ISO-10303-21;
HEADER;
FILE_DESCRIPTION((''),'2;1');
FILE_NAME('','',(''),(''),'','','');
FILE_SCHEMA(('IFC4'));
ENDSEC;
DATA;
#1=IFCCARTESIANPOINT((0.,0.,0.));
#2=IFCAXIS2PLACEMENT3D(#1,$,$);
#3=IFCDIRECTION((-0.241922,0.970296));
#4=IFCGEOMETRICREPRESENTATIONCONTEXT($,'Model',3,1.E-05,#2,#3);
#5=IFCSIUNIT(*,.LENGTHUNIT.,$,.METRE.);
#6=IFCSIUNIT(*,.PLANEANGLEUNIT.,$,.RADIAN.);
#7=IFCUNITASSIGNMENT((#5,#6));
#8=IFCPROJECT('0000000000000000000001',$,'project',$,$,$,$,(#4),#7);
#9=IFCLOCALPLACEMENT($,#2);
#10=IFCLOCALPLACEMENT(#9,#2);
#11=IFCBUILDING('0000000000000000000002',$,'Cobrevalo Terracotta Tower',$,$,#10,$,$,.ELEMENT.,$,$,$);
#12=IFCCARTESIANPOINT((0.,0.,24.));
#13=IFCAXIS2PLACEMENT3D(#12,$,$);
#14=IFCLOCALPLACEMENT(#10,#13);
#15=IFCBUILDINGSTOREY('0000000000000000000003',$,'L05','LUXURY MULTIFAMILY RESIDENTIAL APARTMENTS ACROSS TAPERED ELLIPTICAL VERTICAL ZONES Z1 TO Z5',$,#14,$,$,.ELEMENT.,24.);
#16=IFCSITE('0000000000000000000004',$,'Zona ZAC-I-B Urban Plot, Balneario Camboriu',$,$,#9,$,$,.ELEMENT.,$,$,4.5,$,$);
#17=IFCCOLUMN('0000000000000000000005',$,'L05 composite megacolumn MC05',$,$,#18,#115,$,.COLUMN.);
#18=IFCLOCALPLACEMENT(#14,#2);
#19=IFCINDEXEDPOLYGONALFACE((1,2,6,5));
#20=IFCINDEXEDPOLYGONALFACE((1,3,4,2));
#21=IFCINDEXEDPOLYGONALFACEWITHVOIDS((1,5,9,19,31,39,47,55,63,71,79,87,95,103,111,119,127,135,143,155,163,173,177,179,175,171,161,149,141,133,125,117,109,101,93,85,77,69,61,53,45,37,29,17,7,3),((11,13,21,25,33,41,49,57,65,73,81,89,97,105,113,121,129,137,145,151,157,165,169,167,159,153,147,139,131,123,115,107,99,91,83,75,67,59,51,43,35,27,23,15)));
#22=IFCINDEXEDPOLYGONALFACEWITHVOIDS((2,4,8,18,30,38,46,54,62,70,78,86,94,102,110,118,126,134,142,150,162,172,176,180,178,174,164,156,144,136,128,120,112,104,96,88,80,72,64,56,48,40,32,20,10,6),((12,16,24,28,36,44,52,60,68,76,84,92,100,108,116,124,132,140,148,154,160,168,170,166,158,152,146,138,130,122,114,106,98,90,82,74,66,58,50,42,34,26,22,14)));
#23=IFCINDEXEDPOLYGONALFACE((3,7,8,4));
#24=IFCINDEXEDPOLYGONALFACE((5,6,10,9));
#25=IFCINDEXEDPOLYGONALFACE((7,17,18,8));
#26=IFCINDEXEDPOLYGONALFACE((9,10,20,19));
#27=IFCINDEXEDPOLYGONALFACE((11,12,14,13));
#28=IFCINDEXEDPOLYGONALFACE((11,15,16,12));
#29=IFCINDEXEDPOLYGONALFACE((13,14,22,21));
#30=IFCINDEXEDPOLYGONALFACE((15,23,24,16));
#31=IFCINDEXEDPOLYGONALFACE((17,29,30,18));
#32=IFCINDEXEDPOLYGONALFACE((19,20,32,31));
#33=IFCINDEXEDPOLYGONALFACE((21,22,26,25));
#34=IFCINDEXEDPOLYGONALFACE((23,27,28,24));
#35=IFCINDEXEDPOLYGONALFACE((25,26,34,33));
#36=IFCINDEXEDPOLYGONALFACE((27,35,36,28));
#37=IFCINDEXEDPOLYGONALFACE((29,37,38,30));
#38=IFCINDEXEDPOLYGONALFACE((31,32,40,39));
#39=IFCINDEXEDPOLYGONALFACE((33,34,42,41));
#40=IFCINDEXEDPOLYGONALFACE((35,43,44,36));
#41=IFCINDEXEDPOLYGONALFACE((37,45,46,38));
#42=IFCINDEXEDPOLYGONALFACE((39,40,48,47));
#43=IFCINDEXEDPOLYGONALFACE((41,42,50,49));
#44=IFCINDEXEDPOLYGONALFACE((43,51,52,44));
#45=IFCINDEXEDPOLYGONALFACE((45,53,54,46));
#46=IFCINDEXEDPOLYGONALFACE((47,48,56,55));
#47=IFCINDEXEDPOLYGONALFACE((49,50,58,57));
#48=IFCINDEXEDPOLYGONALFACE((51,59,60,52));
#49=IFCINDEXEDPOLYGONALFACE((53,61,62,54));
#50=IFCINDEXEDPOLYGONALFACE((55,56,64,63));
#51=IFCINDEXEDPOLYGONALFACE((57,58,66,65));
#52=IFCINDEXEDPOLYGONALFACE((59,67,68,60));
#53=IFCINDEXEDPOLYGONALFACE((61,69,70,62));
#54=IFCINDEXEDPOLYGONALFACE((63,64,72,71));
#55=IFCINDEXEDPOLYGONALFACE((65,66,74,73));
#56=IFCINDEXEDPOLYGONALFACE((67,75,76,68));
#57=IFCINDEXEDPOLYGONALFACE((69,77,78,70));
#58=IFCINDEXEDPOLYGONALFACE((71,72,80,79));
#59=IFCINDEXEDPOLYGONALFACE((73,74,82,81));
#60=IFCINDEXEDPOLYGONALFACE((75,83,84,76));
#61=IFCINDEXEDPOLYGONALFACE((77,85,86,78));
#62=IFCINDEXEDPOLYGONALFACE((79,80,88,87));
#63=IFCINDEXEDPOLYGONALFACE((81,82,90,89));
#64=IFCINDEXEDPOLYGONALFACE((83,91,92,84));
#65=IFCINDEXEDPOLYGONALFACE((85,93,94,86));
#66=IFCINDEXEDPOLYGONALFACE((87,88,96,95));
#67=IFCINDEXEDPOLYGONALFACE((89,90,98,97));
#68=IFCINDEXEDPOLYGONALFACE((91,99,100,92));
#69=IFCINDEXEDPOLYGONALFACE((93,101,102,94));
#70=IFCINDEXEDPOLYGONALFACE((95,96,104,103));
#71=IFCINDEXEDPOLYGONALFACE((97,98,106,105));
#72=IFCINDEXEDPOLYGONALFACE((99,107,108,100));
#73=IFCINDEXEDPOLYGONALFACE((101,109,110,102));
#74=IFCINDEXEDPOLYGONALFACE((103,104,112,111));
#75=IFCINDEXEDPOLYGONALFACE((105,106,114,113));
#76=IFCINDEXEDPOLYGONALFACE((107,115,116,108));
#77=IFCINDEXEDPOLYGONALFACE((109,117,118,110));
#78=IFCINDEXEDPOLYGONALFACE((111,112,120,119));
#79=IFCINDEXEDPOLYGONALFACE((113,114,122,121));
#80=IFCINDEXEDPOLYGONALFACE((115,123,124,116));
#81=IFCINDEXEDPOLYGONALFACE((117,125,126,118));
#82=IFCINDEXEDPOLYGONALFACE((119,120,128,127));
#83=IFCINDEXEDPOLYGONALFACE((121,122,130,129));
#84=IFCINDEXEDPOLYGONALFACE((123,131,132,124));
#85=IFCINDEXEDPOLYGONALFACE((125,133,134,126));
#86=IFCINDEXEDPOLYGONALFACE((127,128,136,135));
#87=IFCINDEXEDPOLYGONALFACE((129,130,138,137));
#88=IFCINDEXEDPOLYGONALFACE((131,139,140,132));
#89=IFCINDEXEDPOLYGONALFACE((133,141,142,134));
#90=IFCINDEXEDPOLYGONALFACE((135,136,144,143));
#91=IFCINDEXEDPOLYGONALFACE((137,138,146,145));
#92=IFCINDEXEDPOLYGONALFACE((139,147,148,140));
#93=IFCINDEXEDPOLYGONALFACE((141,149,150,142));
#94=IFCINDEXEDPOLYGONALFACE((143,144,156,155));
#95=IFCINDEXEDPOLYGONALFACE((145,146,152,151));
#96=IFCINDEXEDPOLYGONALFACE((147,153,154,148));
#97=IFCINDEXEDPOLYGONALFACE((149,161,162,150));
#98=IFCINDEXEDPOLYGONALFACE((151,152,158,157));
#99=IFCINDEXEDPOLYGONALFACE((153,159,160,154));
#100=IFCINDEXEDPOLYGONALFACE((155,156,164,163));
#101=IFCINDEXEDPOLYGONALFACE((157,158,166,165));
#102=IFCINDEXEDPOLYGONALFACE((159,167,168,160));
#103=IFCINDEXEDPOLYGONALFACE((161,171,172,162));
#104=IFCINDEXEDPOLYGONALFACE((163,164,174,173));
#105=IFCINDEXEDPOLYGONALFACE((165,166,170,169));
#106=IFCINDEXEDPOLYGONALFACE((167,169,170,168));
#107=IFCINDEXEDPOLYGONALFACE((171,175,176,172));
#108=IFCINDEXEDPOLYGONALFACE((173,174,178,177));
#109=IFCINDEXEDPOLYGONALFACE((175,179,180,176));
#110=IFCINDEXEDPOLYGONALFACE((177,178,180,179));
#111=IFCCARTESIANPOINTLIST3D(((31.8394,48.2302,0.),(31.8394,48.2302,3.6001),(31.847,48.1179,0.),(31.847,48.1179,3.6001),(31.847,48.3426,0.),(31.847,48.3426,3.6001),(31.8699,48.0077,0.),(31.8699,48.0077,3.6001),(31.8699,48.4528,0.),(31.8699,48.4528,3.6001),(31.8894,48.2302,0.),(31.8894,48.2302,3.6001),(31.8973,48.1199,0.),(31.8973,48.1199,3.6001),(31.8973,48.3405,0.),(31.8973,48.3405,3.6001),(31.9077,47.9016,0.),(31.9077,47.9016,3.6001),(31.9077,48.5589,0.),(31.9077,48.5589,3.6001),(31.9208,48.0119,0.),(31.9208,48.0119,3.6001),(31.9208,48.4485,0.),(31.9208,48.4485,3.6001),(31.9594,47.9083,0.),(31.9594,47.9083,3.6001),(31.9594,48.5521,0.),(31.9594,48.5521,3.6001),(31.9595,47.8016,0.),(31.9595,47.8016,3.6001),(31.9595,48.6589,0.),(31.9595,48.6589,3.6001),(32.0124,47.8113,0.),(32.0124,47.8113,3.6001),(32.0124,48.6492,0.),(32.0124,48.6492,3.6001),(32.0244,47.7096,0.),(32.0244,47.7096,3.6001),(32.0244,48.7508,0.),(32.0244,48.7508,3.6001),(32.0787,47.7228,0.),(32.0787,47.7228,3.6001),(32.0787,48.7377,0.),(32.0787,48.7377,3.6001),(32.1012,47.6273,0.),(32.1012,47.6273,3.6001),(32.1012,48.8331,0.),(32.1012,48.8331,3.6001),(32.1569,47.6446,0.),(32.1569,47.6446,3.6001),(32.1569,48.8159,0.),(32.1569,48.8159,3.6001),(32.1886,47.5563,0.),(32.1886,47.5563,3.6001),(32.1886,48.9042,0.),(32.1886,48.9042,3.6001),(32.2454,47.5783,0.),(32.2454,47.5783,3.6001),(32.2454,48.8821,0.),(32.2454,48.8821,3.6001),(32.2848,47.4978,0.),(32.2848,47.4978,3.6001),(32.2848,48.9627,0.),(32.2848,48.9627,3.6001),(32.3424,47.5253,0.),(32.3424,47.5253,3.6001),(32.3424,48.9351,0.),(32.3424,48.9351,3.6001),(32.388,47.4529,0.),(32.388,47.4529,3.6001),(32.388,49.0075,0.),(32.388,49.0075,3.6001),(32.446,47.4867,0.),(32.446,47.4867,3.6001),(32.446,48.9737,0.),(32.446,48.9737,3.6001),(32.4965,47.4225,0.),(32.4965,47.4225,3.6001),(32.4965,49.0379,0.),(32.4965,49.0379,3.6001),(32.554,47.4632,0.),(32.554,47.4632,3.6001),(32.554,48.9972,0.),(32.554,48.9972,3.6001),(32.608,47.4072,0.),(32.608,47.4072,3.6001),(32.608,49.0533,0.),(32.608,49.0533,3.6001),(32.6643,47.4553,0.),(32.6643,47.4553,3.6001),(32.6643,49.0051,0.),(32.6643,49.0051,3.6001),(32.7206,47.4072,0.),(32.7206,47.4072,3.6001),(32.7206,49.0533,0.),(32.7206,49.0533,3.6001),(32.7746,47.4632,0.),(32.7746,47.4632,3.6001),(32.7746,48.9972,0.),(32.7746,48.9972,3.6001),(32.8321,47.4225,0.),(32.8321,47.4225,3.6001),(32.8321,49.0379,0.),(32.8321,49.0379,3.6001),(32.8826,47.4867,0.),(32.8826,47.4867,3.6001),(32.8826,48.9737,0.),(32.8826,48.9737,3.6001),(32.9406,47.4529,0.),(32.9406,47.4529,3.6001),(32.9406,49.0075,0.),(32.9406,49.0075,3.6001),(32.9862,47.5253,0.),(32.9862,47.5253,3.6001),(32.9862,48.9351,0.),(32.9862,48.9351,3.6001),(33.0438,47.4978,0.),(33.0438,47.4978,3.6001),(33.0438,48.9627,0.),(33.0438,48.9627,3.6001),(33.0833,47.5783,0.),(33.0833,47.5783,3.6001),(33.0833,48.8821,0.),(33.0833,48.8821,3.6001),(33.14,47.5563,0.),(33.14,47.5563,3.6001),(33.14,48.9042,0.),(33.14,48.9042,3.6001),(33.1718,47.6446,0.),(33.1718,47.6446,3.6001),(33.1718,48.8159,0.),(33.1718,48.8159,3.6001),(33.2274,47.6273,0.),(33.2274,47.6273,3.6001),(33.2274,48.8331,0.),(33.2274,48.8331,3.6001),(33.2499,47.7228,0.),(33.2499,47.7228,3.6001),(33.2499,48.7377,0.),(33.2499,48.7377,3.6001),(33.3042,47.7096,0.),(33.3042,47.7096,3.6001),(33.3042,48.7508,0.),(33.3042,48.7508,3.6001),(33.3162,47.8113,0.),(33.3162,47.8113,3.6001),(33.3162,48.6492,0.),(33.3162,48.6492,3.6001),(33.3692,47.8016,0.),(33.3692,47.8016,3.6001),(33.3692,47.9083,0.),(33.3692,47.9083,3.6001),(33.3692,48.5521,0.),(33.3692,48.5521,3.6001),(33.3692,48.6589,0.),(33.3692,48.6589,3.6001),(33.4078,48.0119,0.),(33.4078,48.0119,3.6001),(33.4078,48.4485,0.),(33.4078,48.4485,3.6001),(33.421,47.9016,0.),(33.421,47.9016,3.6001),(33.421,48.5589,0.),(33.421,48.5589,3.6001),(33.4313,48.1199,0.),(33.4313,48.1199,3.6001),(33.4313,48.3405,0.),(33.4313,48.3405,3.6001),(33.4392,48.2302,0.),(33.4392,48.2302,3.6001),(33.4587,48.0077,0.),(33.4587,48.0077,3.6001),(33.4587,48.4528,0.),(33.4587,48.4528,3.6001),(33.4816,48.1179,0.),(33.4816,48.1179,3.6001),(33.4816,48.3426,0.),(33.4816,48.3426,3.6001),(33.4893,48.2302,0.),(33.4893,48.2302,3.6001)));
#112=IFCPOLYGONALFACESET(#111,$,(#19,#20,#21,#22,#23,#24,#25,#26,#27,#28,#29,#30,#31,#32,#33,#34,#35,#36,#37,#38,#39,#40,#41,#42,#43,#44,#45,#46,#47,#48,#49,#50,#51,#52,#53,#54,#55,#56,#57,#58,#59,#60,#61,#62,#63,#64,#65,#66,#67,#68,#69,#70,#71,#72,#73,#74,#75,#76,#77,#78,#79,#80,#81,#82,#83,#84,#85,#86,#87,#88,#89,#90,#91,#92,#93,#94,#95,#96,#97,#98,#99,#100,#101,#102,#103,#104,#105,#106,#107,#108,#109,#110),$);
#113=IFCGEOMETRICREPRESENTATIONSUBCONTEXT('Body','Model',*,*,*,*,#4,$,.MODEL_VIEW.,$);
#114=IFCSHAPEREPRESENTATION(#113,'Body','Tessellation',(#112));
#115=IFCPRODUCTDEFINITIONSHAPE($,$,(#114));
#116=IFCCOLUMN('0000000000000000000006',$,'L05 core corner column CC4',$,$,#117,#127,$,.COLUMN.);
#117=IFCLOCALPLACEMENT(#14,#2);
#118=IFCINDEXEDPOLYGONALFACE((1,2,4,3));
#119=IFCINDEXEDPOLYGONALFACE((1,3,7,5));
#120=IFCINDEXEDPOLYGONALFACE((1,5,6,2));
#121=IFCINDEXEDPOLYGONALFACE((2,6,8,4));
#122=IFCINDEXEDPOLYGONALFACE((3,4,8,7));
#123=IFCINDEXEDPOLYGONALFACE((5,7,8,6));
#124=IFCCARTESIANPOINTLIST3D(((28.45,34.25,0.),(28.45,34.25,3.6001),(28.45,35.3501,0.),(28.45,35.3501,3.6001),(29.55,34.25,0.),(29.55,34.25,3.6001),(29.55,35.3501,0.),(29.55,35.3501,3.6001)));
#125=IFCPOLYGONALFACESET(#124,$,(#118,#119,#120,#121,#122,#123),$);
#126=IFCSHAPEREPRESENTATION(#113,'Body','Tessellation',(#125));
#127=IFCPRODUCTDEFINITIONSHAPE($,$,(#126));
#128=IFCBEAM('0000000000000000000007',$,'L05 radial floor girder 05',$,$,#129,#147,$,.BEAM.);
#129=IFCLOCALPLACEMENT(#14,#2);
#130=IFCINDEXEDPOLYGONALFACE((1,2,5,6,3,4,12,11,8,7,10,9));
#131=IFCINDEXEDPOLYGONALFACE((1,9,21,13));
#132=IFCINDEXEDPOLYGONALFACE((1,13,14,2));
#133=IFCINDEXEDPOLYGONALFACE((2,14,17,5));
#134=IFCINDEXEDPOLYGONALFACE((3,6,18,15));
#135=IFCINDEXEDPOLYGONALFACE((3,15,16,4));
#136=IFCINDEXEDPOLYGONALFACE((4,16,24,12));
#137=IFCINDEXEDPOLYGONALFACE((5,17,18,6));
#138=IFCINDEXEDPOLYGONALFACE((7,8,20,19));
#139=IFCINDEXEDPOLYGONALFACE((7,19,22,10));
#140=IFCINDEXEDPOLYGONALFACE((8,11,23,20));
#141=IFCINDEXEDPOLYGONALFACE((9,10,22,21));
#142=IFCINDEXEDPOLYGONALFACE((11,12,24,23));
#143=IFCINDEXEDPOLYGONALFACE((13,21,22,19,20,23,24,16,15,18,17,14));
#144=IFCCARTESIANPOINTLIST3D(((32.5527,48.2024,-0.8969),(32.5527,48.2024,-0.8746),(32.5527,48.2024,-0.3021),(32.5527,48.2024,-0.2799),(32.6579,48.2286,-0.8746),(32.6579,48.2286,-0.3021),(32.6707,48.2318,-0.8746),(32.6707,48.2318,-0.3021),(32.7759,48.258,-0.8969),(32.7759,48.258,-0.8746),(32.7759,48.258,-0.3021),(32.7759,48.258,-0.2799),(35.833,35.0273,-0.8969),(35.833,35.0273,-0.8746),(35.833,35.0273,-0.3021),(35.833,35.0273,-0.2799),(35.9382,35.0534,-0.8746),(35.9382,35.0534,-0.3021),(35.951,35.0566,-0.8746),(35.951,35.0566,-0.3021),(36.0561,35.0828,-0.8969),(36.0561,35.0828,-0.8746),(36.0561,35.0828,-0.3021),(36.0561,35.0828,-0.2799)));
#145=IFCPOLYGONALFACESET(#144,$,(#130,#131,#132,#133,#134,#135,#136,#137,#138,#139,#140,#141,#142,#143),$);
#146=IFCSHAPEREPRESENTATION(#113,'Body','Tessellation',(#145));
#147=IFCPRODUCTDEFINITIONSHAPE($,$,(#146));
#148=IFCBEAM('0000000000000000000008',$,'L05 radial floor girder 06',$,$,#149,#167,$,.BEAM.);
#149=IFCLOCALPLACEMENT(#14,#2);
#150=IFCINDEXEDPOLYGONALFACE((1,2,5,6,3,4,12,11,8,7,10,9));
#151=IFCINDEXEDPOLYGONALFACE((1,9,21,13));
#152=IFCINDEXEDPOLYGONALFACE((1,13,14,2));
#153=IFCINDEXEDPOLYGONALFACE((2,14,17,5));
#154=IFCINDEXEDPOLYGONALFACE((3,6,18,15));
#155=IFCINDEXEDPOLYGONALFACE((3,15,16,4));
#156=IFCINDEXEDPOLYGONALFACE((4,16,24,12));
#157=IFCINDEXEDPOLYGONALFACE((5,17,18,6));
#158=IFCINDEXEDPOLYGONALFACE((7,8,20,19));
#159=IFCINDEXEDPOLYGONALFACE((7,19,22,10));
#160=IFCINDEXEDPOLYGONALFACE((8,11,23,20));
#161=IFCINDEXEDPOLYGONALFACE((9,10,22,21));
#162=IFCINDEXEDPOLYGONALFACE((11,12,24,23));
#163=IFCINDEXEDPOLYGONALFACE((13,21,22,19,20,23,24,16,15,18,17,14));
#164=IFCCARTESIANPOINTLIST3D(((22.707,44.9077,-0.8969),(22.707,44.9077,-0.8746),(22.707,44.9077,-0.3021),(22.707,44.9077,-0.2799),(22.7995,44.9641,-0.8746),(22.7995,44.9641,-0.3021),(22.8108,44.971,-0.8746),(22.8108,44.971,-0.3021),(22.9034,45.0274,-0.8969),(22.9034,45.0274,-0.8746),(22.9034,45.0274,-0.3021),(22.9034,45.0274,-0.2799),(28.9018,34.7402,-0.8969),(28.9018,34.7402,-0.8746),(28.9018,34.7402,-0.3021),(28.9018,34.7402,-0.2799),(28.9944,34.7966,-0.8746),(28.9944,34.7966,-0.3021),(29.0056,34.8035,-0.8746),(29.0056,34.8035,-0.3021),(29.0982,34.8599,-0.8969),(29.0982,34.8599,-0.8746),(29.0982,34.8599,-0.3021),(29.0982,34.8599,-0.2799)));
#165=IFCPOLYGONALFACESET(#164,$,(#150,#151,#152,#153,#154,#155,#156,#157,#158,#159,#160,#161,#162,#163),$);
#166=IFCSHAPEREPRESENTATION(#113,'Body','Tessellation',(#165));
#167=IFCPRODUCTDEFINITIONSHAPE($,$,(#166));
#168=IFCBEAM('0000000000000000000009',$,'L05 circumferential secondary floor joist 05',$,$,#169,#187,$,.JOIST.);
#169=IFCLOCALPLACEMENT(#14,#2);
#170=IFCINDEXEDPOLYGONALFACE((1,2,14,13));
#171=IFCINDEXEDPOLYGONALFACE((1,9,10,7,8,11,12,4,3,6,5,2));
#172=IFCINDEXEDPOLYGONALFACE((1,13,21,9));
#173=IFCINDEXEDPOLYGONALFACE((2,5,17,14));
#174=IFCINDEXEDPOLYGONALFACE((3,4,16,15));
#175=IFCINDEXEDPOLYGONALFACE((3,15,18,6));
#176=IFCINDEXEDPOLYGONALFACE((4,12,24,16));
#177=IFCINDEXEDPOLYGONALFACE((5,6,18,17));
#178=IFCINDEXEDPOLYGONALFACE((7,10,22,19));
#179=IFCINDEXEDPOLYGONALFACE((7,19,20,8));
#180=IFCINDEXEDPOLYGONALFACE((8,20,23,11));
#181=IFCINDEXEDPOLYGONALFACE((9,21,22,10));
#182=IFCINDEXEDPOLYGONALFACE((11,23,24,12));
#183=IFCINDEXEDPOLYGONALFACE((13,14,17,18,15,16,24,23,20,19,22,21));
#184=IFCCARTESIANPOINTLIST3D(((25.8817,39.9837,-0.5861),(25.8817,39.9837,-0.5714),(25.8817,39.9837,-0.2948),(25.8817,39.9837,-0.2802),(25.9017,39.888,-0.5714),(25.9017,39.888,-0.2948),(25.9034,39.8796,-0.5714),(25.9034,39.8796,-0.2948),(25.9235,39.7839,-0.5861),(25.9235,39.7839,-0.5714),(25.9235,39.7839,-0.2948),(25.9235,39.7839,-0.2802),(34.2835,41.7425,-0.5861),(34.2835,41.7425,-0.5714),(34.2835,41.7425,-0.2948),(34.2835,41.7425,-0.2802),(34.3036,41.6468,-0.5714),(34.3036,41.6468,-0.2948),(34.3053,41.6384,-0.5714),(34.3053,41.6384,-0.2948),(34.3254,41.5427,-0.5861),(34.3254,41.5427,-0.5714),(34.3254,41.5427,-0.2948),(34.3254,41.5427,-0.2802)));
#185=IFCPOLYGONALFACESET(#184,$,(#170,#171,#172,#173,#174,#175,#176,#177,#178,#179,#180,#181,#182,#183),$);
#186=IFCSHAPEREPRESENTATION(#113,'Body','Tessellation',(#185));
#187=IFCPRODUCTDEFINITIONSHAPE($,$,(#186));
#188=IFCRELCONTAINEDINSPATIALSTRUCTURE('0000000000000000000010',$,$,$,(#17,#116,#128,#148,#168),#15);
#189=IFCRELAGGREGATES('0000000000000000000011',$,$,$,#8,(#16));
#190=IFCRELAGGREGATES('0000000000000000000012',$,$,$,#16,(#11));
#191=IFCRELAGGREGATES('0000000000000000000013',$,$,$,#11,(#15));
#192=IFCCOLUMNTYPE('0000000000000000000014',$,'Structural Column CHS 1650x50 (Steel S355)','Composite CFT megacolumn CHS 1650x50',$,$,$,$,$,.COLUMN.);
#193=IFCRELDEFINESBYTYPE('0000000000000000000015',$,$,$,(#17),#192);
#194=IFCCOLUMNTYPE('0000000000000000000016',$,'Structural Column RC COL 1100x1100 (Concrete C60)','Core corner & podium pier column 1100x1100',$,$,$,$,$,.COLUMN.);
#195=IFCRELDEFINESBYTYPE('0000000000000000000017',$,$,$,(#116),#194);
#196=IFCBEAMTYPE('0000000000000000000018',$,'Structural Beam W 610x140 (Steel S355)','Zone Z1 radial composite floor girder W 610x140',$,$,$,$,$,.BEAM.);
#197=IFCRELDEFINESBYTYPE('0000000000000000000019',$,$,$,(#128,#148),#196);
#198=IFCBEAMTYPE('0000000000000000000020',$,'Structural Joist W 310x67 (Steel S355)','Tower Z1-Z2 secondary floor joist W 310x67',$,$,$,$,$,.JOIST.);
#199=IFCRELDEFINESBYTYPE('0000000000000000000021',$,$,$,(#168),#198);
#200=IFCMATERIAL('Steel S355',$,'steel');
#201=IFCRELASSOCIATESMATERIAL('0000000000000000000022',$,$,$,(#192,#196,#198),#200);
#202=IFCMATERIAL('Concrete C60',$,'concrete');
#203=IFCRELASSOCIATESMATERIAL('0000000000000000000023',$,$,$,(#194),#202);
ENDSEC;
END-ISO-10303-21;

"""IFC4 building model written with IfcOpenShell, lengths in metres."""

from ifc_helpers import new_model, si_unit, direction, frame, origin, origin_2d, place, context, subcontext, project, spatial, rectangle, hollow_circle, i_section, extrude, material, material_profile, profile_set, type_object, element, save


model = new_model("IFC4")

# Units and contexts
model_context = context("Model", 3, precision=1e-05, world=origin(), true_north=direction((-0.241922, 0.970296)))
body_context = subcontext(model_context, "Body", "Model", "MODEL_VIEW")
ifc_project = project(units=[si_unit("LENGTHUNIT", "METRE"), si_unit("PLANEANGLEUNIT", "RADIAN")], contexts=[model_context])

# Site, building, storey
site_placement = place(None, origin())
site = spatial("IfcSite", under=ifc_project, at=site_placement, Name="Zona ZAC-I-B Urban Plot, Balneario Camboriu", CompositionType="ELEMENT", RefElevation=4.5)
building_placement = place(site_placement, origin())
building = spatial("IfcBuilding", under=site, at=building_placement, Name="Cobrevalo Terracotta Tower", CompositionType="ELEMENT")
storey_placement = place(building_placement, frame((0.0, 0.0, 24.0)))
storey = spatial("IfcBuildingStorey", under=building, at=storey_placement, Name="L05", Description="LUXURY MULTIFAMILY RESIDENTIAL APARTMENTS ACROSS TAPERED ELLIPTICAL VERTICAL ZONES Z1 TO Z5", CompositionType="ELEMENT", Elevation=24.0)

# Columns
ifc_material_1 = material(Name="Steel S355", Category="steel")
ifc_material_profile_1 = material_profile(ifc_material_1, hollow_circle(Radius=0.825, WallThickness=0.05, at=origin_2d()), Name="CHS 1650x50")
ifc_profile_set_1 = profile_set([ifc_material_profile_1], Name="Steel S355")
column_type_1 = type_object("IfcColumnType", Name="Structural Column CHS 1650x50 (Steel S355)", Description="Composite CFT megacolumn CHS 1650x50", PredefinedType="COLUMN", material=ifc_profile_set_1)
column_1_placement = place(storey_placement, frame((32.6643, 48.2302, 0.0), z_axis=(0.0, 0.0, 1.0), x_axis=(1.0, 0.0, 0.0)))
element("IfcColumn", 1, at=column_1_placement, inside=storey, type_object=column_type_1, Name="L05 composite megacolumn MC05", PredefinedType="COLUMN", context=body_context, shape_type="SweptSolid", body=[
    extrude(hollow_circle(Radius=0.825, WallThickness=0.05, at=origin_2d()), origin(), (0.0, 0.0, 1.0), 3.6001),
])
ifc_material_2 = material(Name="Concrete C60", Category="concrete")
ifc_material_profile_2 = material_profile(ifc_material_2, rectangle(XDim=1.1001, YDim=1.1001, at=origin_2d()), Name="RC COL 1100x1100")
ifc_profile_set_2 = profile_set([ifc_material_profile_2], Name="Concrete C60")
column_type_2 = type_object("IfcColumnType", Name="Structural Column RC COL 1100x1100 (Concrete C60)", Description="Core corner & podium pier column 1100x1100", PredefinedType="COLUMN", material=ifc_profile_set_2)
column_2_placement = place(storey_placement, frame((29.0, 34.8, 0.0), z_axis=(0.0, 0.0, 1.0), x_axis=(1.0, 0.0, 0.0)))
element("IfcColumn", 2, at=column_2_placement, inside=storey, type_object=column_type_2, Name="L05 core corner column CC4", PredefinedType="COLUMN", context=body_context, shape_type="SweptSolid", body=[
    extrude(rectangle(XDim=1.1001, YDim=1.1001, at=origin_2d()), origin(), (0.0, 0.0, 1.0), 3.6001),
])

# Beams
ifc_material_profile_3 = material_profile(ifc_material_1, i_section(OverallWidth=0.23, OverallDepth=0.6169, WebThickness=0.0132, FlangeThickness=0.0222, at=origin_2d()), Name="W 610x140")
ifc_profile_set_3 = profile_set([ifc_material_profile_3], Name="Steel S355")
beam_type_1 = type_object("IfcBeamType", Name="Structural Beam W 610x140 (Steel S355)", Description="Zone Z1 radial composite floor girder W 610x140", PredefinedType="BEAM", material=ifc_profile_set_3)
beam_1_placement = place(storey_placement, frame((32.6643, 48.2302, -0.5884), z_axis=(0.241596, -0.970377, 0.0), x_axis=(0.970377, 0.241596, 0.0)))
element("IfcBeam", 3, at=beam_1_placement, inside=storey, type_object=beam_type_1, Name="L05 radial floor girder 05", PredefinedType="BEAM", context=body_context, shape_type="SweptSolid", body=[
    extrude(i_section(OverallWidth=0.23, OverallDepth=0.6169, WebThickness=0.0132, FlangeThickness=0.0222, at=origin_2d()), origin(), (0.0, 0.0, 1.0), 13.5774),
])
beam_2_placement = place(storey_placement, frame((22.8052, 44.9675, -0.5884), z_axis=(0.52031, -0.853978, 0.0), x_axis=(0.853978, 0.52031, 0.0)))
element("IfcBeam", 4, at=beam_2_placement, inside=storey, type_object=beam_type_1, Name="L05 radial floor girder 06", PredefinedType="BEAM", context=body_context, shape_type="SweptSolid", body=[
    extrude(i_section(OverallWidth=0.23, OverallDepth=0.6169, WebThickness=0.0132, FlangeThickness=0.0222, at=origin_2d()), origin(), (0.0, 0.0, 1.0), 11.906),
])
ifc_material_profile_4 = material_profile(ifc_material_1, i_section(OverallWidth=0.2041, OverallDepth=0.3059, WebThickness=0.0085, FlangeThickness=0.0146, at=origin_2d()), Name="W 310x67")
ifc_profile_set_4 = profile_set([ifc_material_profile_4], Name="Steel S355")
beam_type_2 = type_object("IfcBeamType", Name="Structural Joist W 310x67 (Steel S355)", Description="Tower Z1-Z2 secondary floor joist W 310x67", PredefinedType="JOIST", material=ifc_profile_set_4)
beam_3_placement = place(storey_placement, frame((34.3044, 41.6426, -0.4331), z_axis=(-0.978785, -0.204892, 0.0), x_axis=(0.204892, -0.978785, 0.0)))
element("IfcBeam", 5, at=beam_3_placement, inside=storey, type_object=beam_type_2, Name="L05 circumferential secondary floor joist 05", PredefinedType="JOIST", context=body_context, shape_type="SweptSolid", body=[
    extrude(i_section(OverallWidth=0.2041, OverallDepth=0.3059, WebThickness=0.0085, FlangeThickness=0.0146, at=origin_2d()), origin(), (0.0, 0.0, 1.0), 8.584),
])

save(model, "model.ifc")
